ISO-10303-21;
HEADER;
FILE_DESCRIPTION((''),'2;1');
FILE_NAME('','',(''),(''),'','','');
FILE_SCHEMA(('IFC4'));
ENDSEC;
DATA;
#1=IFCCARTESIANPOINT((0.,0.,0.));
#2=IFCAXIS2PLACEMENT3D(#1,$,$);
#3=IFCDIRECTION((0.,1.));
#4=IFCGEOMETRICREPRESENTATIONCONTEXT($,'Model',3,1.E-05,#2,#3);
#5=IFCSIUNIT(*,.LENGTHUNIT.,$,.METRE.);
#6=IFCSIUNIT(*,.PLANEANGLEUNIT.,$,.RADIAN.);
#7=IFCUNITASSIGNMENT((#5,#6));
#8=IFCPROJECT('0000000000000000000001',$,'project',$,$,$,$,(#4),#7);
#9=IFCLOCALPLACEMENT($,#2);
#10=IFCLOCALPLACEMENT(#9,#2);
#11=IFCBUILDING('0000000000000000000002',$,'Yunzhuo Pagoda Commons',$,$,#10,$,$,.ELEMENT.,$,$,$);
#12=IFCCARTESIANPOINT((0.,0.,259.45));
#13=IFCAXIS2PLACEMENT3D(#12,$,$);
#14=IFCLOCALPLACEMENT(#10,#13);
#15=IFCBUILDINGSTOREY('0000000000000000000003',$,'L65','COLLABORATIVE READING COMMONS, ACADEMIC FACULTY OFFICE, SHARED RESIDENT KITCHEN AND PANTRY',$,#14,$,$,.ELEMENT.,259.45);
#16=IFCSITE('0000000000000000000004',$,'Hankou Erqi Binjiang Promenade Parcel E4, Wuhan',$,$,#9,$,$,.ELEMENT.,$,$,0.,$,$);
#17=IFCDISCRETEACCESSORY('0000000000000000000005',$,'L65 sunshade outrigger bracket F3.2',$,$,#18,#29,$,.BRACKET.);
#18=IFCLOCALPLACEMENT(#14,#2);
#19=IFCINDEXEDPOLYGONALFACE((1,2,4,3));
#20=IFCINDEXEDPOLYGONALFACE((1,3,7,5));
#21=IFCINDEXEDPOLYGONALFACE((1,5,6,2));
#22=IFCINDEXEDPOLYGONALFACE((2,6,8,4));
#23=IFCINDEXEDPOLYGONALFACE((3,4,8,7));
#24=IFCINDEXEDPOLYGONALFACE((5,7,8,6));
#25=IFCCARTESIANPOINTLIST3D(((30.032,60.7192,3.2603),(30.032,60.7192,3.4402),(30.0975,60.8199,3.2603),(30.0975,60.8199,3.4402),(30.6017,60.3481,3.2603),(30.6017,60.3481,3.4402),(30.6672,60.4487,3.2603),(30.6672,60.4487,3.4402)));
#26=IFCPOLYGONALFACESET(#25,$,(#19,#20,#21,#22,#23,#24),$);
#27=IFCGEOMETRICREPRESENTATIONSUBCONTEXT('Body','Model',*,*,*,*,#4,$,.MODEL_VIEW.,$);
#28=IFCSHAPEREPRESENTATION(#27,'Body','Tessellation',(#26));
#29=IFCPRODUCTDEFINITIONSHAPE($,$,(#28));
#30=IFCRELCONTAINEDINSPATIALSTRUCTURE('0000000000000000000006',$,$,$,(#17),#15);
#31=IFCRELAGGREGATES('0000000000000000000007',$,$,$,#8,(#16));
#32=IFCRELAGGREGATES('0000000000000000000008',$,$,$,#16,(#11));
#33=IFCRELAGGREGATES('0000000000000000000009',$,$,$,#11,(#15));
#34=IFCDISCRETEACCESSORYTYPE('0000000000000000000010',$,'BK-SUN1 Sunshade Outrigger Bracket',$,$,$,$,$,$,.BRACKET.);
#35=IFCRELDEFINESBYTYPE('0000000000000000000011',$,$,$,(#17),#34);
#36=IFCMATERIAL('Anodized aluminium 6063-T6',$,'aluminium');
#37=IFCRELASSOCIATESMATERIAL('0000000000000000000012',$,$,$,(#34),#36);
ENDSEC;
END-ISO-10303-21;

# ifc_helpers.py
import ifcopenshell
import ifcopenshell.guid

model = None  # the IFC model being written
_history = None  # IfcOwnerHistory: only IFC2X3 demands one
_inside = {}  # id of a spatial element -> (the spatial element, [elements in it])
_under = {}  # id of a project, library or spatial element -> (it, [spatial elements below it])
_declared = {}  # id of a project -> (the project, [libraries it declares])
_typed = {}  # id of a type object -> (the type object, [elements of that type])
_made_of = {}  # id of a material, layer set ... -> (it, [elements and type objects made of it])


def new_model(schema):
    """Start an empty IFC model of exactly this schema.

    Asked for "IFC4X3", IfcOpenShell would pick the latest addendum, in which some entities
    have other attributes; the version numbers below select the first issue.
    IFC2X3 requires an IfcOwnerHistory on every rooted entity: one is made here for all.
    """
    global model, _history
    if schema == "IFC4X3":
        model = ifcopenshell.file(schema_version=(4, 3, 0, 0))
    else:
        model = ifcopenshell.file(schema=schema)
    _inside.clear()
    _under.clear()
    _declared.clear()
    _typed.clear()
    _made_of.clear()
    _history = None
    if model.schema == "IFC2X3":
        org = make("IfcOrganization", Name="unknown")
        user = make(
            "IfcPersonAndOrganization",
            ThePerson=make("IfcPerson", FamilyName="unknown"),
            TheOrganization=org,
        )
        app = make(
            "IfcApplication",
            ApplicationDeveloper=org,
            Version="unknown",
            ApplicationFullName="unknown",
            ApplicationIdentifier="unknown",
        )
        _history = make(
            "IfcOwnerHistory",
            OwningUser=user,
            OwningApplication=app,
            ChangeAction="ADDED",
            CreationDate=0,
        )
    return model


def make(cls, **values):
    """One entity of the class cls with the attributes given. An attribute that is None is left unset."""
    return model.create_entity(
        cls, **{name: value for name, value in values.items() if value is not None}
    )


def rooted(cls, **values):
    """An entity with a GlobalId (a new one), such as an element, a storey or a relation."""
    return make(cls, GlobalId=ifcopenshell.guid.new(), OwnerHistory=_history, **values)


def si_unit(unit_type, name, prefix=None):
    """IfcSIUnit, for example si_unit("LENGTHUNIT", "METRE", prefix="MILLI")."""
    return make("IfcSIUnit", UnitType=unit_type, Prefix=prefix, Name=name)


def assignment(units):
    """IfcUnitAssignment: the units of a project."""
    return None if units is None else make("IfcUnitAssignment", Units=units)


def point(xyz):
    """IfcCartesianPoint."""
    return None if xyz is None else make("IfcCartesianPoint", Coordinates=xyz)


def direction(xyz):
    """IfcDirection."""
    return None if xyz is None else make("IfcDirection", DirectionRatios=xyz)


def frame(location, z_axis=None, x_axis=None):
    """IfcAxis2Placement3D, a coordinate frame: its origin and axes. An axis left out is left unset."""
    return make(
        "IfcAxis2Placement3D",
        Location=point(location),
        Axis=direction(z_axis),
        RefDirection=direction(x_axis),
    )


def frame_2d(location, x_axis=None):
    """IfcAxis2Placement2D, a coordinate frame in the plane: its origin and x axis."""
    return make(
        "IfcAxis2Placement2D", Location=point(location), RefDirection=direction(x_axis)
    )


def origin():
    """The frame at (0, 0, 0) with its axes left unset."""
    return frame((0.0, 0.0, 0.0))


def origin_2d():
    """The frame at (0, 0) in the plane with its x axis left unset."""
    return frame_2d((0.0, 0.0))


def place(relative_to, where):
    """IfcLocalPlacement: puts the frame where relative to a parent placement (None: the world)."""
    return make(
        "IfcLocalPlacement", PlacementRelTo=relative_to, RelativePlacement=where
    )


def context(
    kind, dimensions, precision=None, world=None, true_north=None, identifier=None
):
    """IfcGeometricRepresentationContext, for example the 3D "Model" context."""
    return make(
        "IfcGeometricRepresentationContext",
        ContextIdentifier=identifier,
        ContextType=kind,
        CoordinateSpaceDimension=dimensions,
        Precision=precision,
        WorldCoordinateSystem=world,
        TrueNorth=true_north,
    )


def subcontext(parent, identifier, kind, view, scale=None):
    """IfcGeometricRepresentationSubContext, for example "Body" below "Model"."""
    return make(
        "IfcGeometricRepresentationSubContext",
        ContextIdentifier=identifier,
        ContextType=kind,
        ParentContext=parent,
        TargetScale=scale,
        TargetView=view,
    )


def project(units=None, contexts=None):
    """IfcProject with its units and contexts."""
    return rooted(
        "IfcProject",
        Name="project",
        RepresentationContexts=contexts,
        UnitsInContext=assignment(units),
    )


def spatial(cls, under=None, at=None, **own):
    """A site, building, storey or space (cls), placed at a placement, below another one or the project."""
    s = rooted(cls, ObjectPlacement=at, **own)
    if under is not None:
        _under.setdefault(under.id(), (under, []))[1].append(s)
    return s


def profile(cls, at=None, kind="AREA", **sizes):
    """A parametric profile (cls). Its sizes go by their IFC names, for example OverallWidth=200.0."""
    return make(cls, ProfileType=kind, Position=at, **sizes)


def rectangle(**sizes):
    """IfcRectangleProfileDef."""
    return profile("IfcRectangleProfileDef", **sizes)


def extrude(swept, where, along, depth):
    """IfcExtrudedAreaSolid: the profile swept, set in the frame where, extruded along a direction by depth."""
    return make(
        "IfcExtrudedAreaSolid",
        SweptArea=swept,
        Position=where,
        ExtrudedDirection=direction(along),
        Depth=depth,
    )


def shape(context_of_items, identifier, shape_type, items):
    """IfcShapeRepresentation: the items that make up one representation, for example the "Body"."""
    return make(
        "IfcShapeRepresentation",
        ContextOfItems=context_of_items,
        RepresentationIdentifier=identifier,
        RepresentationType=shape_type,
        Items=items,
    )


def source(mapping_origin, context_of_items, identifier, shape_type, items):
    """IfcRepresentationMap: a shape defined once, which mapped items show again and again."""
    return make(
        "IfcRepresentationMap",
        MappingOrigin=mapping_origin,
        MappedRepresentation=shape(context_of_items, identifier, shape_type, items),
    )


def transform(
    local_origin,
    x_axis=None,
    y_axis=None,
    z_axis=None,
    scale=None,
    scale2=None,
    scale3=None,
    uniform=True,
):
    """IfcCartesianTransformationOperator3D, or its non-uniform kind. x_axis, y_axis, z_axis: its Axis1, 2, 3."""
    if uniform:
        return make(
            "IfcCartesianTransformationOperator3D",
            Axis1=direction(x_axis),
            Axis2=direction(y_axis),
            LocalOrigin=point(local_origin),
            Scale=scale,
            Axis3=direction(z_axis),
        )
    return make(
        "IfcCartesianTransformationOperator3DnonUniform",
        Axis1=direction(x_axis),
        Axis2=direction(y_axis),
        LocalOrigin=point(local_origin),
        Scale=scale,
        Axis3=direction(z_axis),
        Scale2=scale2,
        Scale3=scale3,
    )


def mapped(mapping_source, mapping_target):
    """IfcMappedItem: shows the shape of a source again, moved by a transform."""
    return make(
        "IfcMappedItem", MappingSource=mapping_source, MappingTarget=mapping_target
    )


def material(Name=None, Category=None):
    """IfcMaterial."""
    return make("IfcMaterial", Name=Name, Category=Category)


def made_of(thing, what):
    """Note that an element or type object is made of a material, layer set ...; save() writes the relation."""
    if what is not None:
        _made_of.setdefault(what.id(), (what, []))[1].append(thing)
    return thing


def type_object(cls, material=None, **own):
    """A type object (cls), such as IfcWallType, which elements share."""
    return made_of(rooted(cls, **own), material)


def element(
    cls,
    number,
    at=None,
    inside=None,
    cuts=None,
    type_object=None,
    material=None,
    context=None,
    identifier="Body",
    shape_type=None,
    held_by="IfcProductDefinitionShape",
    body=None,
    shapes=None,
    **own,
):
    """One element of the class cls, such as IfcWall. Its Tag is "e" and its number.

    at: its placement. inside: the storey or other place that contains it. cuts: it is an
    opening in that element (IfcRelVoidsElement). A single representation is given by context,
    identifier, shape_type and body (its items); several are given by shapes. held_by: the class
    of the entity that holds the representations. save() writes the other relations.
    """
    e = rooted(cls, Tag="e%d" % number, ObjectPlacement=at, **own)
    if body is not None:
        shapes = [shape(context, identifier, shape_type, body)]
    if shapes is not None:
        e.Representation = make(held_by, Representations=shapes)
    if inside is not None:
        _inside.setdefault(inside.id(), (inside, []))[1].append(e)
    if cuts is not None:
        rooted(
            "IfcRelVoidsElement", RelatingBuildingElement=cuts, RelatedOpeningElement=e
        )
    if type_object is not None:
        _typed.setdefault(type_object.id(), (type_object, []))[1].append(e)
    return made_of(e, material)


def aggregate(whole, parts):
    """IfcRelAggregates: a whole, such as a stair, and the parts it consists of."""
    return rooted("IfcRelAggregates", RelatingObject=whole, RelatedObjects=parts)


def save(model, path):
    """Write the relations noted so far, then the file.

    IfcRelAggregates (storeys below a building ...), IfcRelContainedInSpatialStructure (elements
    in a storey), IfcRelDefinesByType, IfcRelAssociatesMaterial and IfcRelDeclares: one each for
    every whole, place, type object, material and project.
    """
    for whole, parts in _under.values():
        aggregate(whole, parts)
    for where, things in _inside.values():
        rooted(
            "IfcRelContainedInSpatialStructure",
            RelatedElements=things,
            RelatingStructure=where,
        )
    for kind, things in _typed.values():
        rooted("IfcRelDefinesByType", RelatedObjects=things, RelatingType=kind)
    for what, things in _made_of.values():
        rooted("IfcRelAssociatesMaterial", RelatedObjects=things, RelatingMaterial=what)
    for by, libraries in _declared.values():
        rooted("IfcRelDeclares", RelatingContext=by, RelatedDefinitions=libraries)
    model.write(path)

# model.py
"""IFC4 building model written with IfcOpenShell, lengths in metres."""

from ifc_helpers import new_model, si_unit, direction, frame, origin, origin_2d, place, context, subcontext, project, spatial, rectangle, extrude, source, transform, mapped, material, type_object, element, save


model = new_model("IFC4")

# Units and contexts
model_context = context("Model", 3, precision=1e-05, world=origin(), true_north=direction((0.0, 1.0)))
body_context = subcontext(model_context, "Body", "Model", "MODEL_VIEW")
ifc_project = project(units=[si_unit("LENGTHUNIT", "METRE"), si_unit("PLANEANGLEUNIT", "RADIAN")], contexts=[model_context])

# Site, building, storey
site_placement = place(None, origin())
site = spatial("IfcSite", under=ifc_project, at=site_placement, Name="Hankou Erqi Binjiang Promenade Parcel E4, Wuhan", CompositionType="ELEMENT", RefElevation=0.0)
building_placement = place(site_placement, origin())
building = spatial("IfcBuilding", under=site, at=building_placement, Name="Yunzhuo Pagoda Commons", CompositionType="ELEMENT")
storey_placement = place(building_placement, frame((0.0, 0.0, 259.45)))
storey = spatial("IfcBuildingStorey", under=building, at=storey_placement, Name="L65", Description="COLLABORATIVE READING COMMONS, ACADEMIC FACULTY OFFICE, SHARED RESIDENT KITCHEN AND PANTRY", CompositionType="ELEMENT", Elevation=259.45)

# Shared definitions
ifc_material_1 = material(Name="Anodized aluminium 6063-T6", Category="aluminium")

# Discrete accessory
discrete_accessory_type = type_object("IfcDiscreteAccessoryType", Name="BK-SUN1 Sunshade Outrigger Bracket", PredefinedType="BRACKET", material=ifc_material_1)
shared_shape_1 = source(origin(), body_context, "Body", "SweptSolid", [
    extrude(rectangle(XDim=0.1201, YDim=0.6799, at=origin_2d()), origin(), (0.0, 0.0, 1.0), 0.1799),
])
discrete_accessory_placement = place(storey_placement, frame((30.3496, 60.584, 3.2603), z_axis=(0.0, 0.0, 1.0), x_axis=(-0.545839, -0.83789, 0.0)))
element("IfcDiscreteAccessory", 1, at=discrete_accessory_placement, inside=storey, type_object=discrete_accessory_type, Name="L65 sunshade outrigger bracket F3.2", PredefinedType="BRACKET", context=body_context, shape_type="MappedRepresentation", body=[
    mapped(shared_shape_1, transform((0.0, 0.0, 0.0), scale=1.0)),
])

save(model, "model.ifc")
